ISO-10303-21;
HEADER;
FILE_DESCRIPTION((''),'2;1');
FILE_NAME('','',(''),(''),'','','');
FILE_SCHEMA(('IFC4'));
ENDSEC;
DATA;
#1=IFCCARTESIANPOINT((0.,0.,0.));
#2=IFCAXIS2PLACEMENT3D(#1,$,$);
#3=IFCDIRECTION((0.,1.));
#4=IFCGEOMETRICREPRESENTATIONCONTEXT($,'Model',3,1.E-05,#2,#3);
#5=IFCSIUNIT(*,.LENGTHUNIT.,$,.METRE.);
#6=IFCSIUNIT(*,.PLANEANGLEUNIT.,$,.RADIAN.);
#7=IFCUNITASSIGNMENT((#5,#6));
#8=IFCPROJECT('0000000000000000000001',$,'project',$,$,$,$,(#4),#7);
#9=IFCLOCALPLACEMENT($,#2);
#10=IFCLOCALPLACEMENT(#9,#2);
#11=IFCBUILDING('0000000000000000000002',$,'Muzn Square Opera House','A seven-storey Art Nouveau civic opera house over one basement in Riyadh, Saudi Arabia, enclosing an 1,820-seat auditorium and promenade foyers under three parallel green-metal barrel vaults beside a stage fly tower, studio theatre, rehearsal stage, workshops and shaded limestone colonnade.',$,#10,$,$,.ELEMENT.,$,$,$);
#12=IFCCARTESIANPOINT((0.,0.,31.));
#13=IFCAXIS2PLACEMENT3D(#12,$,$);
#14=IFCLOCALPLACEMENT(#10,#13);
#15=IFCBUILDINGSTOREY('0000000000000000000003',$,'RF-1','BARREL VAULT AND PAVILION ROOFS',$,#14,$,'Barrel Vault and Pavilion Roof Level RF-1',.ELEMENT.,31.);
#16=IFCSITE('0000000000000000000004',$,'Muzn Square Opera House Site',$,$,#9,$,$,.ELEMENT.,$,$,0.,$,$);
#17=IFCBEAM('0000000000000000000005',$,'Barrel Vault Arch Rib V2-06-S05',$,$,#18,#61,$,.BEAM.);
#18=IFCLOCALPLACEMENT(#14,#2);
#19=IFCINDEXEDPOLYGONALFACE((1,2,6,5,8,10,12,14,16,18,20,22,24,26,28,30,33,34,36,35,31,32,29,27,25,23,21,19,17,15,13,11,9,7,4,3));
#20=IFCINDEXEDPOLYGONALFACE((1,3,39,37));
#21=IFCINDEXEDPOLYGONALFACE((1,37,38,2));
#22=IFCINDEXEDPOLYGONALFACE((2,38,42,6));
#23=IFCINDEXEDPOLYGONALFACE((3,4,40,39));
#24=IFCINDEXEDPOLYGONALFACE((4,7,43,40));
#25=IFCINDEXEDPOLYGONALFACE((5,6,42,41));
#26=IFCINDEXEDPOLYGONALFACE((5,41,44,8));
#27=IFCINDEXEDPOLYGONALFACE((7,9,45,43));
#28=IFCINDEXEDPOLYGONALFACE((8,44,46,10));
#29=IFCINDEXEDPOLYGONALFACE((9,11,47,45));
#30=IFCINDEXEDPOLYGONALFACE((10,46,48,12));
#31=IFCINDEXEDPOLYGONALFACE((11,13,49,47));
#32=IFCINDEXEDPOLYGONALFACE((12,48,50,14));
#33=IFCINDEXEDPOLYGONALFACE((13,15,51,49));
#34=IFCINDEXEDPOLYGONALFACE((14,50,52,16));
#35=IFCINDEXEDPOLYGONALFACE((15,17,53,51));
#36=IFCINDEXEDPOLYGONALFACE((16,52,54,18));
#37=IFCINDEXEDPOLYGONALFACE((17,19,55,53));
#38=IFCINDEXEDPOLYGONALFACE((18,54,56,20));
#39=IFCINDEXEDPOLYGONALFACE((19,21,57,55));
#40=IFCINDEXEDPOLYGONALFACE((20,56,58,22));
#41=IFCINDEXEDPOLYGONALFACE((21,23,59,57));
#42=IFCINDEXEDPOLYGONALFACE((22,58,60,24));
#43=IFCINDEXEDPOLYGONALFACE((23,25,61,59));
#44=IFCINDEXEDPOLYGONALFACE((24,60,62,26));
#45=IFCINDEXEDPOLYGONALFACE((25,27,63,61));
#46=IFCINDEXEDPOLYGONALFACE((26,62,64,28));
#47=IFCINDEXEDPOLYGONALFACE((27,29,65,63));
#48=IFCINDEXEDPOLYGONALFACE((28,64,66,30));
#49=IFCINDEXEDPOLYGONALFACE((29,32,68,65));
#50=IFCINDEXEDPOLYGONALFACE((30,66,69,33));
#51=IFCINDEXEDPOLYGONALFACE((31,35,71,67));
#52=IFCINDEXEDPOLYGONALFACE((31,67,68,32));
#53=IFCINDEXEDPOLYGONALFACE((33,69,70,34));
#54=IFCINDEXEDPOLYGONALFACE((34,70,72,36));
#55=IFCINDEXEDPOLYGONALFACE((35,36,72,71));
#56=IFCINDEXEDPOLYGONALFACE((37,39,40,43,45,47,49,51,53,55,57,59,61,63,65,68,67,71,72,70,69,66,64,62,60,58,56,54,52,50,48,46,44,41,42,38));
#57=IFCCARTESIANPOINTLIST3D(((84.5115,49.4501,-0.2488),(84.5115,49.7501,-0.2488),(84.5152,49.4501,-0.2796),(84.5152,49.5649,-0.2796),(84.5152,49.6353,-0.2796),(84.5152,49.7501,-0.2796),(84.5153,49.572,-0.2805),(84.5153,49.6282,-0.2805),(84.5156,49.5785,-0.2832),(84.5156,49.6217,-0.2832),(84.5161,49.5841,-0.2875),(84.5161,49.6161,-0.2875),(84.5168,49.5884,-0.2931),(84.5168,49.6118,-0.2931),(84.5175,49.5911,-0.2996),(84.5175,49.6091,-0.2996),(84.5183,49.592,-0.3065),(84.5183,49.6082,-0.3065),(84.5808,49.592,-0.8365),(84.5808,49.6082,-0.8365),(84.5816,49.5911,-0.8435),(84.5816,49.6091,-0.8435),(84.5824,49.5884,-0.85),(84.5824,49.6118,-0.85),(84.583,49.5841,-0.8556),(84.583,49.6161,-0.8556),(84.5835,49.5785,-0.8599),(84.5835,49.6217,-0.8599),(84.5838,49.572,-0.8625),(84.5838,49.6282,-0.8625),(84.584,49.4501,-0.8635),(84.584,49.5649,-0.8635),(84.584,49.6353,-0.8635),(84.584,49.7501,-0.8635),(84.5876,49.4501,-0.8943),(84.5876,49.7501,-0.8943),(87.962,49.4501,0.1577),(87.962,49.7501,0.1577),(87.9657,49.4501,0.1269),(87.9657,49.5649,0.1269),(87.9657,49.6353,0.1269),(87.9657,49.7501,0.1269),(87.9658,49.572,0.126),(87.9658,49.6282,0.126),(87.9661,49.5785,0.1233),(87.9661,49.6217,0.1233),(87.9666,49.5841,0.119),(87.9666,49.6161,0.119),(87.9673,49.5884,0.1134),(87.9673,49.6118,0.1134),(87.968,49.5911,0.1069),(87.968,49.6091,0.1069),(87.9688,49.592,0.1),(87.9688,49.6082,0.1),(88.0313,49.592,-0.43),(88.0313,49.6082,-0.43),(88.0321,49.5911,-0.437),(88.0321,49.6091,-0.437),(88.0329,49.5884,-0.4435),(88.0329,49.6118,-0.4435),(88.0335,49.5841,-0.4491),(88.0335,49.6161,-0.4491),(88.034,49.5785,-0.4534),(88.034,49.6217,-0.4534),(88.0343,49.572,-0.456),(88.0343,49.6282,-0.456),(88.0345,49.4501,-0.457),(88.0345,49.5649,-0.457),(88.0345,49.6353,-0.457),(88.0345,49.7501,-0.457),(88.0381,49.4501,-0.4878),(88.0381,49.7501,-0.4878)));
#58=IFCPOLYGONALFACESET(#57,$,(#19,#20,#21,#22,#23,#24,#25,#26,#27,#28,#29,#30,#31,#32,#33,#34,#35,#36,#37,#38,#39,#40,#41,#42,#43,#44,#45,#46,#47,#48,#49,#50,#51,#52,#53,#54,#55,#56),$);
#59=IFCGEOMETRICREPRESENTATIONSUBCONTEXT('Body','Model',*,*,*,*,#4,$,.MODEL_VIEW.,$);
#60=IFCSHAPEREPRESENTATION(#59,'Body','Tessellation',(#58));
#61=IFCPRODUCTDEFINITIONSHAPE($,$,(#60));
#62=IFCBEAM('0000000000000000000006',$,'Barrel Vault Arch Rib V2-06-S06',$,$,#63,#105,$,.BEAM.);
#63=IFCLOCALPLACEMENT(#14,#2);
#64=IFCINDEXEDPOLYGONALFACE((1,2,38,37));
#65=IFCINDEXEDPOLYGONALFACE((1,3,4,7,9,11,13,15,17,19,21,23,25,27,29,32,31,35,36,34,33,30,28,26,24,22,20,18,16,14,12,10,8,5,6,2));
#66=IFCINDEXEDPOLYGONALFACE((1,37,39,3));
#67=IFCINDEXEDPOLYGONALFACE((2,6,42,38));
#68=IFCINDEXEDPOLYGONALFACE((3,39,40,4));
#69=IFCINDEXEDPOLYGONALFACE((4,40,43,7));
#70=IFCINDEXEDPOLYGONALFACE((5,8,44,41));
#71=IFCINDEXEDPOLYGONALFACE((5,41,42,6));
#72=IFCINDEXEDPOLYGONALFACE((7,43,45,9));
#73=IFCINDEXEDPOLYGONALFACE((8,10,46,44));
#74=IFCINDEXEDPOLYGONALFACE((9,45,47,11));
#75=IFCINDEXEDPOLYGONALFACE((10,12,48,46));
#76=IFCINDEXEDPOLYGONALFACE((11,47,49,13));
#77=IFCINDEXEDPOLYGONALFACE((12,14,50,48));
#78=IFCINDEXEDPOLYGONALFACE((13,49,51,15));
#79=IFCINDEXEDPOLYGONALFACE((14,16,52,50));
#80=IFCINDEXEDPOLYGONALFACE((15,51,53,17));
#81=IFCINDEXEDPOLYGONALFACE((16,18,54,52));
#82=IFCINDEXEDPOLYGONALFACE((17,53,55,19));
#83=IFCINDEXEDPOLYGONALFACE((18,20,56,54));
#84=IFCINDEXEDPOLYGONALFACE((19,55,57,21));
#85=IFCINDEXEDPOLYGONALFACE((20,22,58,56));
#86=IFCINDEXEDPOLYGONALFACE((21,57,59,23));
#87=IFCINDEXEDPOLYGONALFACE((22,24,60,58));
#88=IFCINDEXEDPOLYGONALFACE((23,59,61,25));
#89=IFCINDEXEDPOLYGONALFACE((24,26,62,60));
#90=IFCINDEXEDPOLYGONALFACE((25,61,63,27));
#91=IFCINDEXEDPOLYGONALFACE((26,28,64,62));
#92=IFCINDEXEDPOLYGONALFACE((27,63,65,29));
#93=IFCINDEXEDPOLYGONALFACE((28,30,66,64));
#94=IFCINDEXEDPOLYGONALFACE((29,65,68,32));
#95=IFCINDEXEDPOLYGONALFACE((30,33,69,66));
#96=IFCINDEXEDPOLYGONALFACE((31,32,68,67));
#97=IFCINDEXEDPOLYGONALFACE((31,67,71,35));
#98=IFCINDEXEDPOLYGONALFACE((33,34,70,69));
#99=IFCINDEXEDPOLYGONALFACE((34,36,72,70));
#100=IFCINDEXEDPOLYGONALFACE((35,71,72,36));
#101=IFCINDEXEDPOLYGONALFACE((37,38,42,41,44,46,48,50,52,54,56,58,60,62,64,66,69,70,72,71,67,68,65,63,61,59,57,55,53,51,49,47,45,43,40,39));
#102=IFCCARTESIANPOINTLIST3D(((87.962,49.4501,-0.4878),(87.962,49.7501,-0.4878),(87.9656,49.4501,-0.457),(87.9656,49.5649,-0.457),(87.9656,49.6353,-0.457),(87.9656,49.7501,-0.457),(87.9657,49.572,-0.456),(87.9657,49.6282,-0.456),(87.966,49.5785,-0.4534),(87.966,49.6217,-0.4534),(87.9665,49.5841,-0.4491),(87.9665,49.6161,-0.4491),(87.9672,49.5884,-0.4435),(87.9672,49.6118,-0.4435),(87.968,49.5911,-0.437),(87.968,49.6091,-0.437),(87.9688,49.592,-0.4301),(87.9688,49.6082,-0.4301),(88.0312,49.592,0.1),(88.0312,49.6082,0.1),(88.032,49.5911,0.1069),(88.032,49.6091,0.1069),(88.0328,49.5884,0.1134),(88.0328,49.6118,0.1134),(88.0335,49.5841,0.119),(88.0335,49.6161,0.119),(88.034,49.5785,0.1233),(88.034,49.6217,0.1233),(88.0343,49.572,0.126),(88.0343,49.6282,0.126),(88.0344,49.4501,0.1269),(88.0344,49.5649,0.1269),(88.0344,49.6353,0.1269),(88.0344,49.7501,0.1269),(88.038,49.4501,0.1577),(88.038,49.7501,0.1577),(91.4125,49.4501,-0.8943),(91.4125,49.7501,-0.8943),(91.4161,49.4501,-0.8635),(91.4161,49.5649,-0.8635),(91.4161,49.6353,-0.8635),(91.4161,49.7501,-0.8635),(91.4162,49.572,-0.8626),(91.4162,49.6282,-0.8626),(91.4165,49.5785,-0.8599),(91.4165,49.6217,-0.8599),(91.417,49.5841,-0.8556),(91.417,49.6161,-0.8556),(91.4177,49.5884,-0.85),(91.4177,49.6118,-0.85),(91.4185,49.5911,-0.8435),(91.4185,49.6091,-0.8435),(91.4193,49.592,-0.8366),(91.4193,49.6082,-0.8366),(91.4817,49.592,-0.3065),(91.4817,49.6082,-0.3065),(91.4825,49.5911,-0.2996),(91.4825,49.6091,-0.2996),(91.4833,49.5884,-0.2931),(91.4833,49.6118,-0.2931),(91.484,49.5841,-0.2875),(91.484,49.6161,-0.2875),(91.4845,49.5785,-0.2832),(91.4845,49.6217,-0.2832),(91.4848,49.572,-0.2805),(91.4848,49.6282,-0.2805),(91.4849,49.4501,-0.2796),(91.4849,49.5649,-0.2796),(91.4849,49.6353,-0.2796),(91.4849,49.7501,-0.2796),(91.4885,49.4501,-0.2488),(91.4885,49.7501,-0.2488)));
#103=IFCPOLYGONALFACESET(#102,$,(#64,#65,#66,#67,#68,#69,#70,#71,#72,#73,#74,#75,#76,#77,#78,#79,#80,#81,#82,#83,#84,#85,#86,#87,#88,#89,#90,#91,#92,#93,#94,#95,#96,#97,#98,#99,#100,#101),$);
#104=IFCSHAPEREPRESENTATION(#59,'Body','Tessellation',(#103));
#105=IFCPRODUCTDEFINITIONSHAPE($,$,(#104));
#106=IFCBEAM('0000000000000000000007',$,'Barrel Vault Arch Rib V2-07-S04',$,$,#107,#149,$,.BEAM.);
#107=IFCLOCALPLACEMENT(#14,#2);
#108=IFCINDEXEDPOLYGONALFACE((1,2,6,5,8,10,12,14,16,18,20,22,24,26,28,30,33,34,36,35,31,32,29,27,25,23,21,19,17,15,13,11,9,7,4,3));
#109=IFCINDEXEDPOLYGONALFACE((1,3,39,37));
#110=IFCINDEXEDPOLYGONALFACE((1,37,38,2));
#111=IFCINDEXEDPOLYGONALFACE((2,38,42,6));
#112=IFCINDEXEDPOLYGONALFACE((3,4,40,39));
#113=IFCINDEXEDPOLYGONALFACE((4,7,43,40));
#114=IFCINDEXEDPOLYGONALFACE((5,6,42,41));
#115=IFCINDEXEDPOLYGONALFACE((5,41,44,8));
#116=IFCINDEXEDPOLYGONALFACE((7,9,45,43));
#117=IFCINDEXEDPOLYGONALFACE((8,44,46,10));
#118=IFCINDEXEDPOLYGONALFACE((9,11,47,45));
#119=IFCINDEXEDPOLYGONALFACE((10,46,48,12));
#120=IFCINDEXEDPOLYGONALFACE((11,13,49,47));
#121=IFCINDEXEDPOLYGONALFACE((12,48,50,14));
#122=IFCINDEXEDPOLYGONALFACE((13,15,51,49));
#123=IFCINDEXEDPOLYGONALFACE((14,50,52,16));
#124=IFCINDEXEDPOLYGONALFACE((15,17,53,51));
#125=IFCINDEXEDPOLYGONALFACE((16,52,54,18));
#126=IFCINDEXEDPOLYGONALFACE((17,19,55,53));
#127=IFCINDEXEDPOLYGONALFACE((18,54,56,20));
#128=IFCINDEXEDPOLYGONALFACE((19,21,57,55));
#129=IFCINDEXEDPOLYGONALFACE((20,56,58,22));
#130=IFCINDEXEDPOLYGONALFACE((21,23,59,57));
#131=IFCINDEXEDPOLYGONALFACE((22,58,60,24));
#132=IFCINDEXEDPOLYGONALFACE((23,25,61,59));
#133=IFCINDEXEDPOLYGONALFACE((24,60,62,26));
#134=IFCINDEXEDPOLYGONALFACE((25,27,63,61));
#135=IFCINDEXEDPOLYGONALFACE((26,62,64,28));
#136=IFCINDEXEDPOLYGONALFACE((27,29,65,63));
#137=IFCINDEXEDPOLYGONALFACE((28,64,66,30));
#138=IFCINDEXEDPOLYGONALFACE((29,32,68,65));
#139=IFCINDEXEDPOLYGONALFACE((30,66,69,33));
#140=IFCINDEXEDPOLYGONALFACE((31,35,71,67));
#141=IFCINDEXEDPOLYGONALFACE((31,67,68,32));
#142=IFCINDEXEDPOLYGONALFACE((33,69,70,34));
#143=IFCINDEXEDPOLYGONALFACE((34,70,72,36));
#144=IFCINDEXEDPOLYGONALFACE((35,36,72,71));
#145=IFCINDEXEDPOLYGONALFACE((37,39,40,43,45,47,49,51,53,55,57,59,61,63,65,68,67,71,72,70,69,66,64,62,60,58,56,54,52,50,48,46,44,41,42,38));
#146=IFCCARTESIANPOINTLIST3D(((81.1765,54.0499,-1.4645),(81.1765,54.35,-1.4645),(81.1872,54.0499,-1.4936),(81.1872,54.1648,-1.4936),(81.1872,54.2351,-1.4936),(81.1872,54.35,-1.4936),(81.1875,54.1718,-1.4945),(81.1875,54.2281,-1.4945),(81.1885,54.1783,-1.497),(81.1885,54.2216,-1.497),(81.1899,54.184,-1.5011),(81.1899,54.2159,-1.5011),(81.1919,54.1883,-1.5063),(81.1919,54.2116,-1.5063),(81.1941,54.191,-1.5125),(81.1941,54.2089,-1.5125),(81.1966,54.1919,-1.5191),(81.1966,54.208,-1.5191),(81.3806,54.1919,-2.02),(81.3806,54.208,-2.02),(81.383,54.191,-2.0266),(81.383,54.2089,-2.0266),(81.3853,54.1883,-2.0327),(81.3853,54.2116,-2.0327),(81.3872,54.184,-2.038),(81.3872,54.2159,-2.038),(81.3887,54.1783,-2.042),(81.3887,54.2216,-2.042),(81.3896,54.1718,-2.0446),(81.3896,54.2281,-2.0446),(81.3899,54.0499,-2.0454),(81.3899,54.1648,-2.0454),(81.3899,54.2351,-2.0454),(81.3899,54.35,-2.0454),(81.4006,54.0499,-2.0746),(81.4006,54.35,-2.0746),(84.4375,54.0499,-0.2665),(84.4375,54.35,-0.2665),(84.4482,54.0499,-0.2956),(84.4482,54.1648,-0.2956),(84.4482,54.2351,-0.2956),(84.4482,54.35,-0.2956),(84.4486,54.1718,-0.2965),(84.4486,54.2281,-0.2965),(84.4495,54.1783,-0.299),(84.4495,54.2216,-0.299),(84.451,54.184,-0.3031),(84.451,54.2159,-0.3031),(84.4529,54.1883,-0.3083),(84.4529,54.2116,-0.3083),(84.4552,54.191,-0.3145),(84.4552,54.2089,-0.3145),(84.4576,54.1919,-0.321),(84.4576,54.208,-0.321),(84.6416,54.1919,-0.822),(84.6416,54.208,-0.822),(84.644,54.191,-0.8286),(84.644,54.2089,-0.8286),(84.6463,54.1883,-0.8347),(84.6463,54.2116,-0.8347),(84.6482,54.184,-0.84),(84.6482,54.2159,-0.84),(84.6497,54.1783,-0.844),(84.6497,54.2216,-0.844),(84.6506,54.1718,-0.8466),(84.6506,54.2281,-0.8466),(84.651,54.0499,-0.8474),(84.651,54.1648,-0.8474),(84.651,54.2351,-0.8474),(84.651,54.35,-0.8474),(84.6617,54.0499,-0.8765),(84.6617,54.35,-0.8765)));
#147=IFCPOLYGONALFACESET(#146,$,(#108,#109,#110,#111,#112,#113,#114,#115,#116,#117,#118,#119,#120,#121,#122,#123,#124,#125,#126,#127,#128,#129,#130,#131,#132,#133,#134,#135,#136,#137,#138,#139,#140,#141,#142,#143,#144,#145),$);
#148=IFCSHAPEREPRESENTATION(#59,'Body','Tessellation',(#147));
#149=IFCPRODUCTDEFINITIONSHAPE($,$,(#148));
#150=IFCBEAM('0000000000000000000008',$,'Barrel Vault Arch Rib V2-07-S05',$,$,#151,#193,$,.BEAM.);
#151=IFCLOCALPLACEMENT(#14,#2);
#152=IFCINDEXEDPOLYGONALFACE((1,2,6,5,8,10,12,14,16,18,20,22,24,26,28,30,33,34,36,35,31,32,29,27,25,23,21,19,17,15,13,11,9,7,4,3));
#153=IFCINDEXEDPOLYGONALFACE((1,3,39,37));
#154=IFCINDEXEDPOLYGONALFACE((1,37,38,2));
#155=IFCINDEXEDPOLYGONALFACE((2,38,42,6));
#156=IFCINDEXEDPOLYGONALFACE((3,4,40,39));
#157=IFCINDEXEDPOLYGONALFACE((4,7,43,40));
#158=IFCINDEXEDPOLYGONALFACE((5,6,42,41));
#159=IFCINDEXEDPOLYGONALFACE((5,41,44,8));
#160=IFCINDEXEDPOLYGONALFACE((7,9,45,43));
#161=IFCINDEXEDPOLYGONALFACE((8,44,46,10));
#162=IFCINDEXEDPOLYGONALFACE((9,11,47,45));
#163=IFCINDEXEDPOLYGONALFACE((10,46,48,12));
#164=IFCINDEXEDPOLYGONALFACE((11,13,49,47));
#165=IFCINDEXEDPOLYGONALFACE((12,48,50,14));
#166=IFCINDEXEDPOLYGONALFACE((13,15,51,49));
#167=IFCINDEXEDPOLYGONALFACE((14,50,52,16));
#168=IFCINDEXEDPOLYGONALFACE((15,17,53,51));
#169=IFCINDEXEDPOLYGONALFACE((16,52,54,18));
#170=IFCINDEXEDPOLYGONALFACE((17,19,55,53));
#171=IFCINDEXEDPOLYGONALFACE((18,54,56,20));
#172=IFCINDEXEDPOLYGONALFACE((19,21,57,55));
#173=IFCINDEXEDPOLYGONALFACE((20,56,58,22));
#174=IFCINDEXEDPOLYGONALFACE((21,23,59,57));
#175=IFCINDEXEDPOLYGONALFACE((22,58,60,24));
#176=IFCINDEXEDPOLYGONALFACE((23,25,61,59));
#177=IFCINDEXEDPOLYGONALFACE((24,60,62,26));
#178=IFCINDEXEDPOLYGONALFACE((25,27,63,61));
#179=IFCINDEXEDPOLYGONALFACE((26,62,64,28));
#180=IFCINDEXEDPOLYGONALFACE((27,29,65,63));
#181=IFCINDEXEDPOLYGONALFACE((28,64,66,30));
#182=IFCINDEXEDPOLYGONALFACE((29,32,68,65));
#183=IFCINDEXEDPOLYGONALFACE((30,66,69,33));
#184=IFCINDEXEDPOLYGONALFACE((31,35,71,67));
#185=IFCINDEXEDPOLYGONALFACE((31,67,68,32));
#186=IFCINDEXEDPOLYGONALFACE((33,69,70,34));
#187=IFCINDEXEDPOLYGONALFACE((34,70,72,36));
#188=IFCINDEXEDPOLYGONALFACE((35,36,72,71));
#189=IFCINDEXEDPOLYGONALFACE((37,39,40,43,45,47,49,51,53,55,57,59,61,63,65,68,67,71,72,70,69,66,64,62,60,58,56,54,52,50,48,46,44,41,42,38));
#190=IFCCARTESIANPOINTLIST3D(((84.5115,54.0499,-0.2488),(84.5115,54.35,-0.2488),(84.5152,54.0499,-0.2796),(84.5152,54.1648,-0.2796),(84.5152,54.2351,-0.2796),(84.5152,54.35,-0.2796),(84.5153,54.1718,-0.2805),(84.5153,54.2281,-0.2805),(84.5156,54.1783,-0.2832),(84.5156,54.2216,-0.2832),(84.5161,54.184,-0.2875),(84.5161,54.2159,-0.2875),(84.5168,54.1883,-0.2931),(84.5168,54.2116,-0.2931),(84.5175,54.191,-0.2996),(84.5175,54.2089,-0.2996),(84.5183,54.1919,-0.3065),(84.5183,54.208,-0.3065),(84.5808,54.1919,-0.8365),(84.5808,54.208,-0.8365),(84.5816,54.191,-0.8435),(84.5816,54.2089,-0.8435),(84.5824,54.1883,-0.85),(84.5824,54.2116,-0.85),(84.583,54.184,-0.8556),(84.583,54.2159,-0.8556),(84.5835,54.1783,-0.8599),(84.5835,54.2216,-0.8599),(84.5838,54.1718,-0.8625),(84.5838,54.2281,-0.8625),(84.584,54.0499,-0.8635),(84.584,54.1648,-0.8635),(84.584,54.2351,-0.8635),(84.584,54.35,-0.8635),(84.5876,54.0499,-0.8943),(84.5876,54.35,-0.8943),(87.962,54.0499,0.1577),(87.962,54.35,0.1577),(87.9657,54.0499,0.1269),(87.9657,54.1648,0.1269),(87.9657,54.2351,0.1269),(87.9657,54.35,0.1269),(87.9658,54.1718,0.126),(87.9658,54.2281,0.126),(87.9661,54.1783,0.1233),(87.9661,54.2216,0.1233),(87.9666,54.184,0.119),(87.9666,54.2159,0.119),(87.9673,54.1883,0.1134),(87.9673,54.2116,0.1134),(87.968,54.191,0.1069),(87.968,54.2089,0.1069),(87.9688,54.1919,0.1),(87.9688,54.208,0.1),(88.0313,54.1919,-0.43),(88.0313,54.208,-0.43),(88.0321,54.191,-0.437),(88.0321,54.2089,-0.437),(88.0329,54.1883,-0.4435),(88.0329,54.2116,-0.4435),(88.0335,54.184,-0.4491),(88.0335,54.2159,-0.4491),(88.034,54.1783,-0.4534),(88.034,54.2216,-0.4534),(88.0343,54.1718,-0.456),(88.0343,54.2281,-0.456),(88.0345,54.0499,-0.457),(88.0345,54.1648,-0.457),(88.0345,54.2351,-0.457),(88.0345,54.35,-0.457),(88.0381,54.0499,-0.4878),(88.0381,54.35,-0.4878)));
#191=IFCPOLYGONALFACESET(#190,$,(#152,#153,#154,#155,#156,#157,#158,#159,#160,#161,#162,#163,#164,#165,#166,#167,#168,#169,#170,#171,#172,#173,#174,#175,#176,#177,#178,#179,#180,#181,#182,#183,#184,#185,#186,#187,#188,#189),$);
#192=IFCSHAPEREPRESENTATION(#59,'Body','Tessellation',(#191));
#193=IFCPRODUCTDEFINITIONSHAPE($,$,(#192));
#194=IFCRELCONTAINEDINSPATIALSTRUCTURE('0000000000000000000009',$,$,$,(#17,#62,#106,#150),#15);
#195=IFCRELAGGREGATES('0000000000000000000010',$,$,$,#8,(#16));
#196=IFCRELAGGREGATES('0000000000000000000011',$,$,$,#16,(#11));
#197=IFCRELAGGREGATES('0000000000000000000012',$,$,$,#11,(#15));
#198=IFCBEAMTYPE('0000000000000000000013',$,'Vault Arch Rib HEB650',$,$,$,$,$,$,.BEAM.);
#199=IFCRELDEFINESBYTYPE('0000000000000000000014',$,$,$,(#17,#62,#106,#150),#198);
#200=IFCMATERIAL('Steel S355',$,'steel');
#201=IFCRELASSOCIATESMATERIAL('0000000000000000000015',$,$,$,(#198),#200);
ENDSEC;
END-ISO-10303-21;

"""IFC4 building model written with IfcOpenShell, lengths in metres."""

from ifc_helpers import new_model, si_unit, direction, frame, origin, origin_2d, place, context, subcontext, project, spatial, i_section, extrude, material, material_profile, profile_set, type_object, element, save


model = new_model("IFC4")

# Units and contexts
model_context = context("Model", 3, precision=1e-05, world=origin(), true_north=direction((0.0, 1.0)))
body_context = subcontext(model_context, "Body", "Model", "MODEL_VIEW")
ifc_project = project(units=[si_unit("LENGTHUNIT", "METRE"), si_unit("PLANEANGLEUNIT", "RADIAN")], contexts=[model_context])

# Site, building, storey
site_placement = place(None, origin())
site = spatial("IfcSite", under=ifc_project, at=site_placement, Name="Muzn Square Opera House Site", CompositionType="ELEMENT", RefElevation=0.0)
building_placement = place(site_placement, origin())
building = spatial("IfcBuilding", under=site, at=building_placement, Name="Muzn Square Opera House", Description="A seven-storey Art Nouveau civic opera house over one basement in Riyadh, Saudi Arabia, enclosing an 1,820-seat auditorium and promenade foyers under three parallel green-metal barrel vaults beside a stage fly tower, studio theatre, rehearsal stage, workshops and shaded limestone colonnade.", CompositionType="ELEMENT")
storey_placement = place(building_placement, frame((0.0, 0.0, 31.0)))
storey = spatial("IfcBuildingStorey", under=building, at=storey_placement, Name="RF-1", Description="BARREL VAULT AND PAVILION ROOFS", LongName="Barrel Vault and Pavilion Roof Level RF-1", CompositionType="ELEMENT", Elevation=31.0)

# Beams
ifc_material_1 = material(Name="Steel S355", Category="steel")
ifc_material_profile_1 = material_profile(ifc_material_1, i_section(OverallWidth=0.3, OverallDepth=0.6499, WebThickness=0.0161, FlangeThickness=0.031, FilletRadius=0.0271, at=origin_2d()), Name="HEB 650", Category="steel")
ifc_profile_set_1 = profile_set([ifc_material_profile_1], Name="Steel S355")
beam_type_1 = type_object("IfcBeamType", Name="Vault Arch Rib HEB650", PredefinedType="BEAM", material=ifc_profile_set_1)
for number, where, z_axis, x_axis, name in (
    (1, (84.5496, 49.6001, -0.5715), (0.993132, 0.0, 0.117), (0.0, 1.0, 0.0), "Barrel Vault Arch Rib V2-06-S05"),
    (2, (88.0, 49.6001, -0.165), (0.993132, 0.0, -0.117), (0.0, 1.0, 0.0), "Barrel Vault Arch Rib V2-06-S06"),
):
    element("IfcBeam", number, at=place(storey_placement, frame(where, z_axis=z_axis, x_axis=x_axis)), inside=storey, type_object=beam_type_1, Name=name, PredefinedType="BEAM", context=body_context, shape_type="SweptSolid", body=[
        extrude(i_section(OverallWidth=0.3, OverallDepth=0.6499, WebThickness=0.0161, FlangeThickness=0.031, FilletRadius=0.0271, at=origin_2d()), origin(), (0.0, 0.0, 1.0), 3.4744),
    ])
beam_1_placement = place(storey_placement, frame((81.2886, 54.2, -1.7695), z_axis=(0.938662, 0.0, 0.344839), x_axis=(0.0, 1.0, 0.0)))
element("IfcBeam", 3, at=beam_1_placement, inside=storey, type_object=beam_type_1, Name="Barrel Vault Arch Rib V2-07-S04", PredefinedType="BEAM", context=body_context, shape_type="SweptSolid", body=[
    extrude(i_section(OverallWidth=0.3, OverallDepth=0.6499, WebThickness=0.0161, FlangeThickness=0.031, FilletRadius=0.0271, at=origin_2d()), origin(), (0.0, 0.0, 1.0), 3.4741),
])
for number, where, z_axis, x_axis, name in (
    (4, (84.5496, 54.2, -0.5715), (0.993132, 0.0, 0.117), (0.0, 1.0, 0.0), "Barrel Vault Arch Rib V2-07-S05"),
):
    element("IfcBeam", number, at=place(storey_placement, frame(where, z_axis=z_axis, x_axis=x_axis)), inside=storey, type_object=beam_type_1, Name=name, PredefinedType="BEAM", context=body_context, shape_type="SweptSolid", body=[
        extrude(i_section(OverallWidth=0.3, OverallDepth=0.6499, WebThickness=0.0161, FlangeThickness=0.031, FilletRadius=0.0271, at=origin_2d()), origin(), (0.0, 0.0, 1.0), 3.4744),
    ])

save(model, "model.ifc")
